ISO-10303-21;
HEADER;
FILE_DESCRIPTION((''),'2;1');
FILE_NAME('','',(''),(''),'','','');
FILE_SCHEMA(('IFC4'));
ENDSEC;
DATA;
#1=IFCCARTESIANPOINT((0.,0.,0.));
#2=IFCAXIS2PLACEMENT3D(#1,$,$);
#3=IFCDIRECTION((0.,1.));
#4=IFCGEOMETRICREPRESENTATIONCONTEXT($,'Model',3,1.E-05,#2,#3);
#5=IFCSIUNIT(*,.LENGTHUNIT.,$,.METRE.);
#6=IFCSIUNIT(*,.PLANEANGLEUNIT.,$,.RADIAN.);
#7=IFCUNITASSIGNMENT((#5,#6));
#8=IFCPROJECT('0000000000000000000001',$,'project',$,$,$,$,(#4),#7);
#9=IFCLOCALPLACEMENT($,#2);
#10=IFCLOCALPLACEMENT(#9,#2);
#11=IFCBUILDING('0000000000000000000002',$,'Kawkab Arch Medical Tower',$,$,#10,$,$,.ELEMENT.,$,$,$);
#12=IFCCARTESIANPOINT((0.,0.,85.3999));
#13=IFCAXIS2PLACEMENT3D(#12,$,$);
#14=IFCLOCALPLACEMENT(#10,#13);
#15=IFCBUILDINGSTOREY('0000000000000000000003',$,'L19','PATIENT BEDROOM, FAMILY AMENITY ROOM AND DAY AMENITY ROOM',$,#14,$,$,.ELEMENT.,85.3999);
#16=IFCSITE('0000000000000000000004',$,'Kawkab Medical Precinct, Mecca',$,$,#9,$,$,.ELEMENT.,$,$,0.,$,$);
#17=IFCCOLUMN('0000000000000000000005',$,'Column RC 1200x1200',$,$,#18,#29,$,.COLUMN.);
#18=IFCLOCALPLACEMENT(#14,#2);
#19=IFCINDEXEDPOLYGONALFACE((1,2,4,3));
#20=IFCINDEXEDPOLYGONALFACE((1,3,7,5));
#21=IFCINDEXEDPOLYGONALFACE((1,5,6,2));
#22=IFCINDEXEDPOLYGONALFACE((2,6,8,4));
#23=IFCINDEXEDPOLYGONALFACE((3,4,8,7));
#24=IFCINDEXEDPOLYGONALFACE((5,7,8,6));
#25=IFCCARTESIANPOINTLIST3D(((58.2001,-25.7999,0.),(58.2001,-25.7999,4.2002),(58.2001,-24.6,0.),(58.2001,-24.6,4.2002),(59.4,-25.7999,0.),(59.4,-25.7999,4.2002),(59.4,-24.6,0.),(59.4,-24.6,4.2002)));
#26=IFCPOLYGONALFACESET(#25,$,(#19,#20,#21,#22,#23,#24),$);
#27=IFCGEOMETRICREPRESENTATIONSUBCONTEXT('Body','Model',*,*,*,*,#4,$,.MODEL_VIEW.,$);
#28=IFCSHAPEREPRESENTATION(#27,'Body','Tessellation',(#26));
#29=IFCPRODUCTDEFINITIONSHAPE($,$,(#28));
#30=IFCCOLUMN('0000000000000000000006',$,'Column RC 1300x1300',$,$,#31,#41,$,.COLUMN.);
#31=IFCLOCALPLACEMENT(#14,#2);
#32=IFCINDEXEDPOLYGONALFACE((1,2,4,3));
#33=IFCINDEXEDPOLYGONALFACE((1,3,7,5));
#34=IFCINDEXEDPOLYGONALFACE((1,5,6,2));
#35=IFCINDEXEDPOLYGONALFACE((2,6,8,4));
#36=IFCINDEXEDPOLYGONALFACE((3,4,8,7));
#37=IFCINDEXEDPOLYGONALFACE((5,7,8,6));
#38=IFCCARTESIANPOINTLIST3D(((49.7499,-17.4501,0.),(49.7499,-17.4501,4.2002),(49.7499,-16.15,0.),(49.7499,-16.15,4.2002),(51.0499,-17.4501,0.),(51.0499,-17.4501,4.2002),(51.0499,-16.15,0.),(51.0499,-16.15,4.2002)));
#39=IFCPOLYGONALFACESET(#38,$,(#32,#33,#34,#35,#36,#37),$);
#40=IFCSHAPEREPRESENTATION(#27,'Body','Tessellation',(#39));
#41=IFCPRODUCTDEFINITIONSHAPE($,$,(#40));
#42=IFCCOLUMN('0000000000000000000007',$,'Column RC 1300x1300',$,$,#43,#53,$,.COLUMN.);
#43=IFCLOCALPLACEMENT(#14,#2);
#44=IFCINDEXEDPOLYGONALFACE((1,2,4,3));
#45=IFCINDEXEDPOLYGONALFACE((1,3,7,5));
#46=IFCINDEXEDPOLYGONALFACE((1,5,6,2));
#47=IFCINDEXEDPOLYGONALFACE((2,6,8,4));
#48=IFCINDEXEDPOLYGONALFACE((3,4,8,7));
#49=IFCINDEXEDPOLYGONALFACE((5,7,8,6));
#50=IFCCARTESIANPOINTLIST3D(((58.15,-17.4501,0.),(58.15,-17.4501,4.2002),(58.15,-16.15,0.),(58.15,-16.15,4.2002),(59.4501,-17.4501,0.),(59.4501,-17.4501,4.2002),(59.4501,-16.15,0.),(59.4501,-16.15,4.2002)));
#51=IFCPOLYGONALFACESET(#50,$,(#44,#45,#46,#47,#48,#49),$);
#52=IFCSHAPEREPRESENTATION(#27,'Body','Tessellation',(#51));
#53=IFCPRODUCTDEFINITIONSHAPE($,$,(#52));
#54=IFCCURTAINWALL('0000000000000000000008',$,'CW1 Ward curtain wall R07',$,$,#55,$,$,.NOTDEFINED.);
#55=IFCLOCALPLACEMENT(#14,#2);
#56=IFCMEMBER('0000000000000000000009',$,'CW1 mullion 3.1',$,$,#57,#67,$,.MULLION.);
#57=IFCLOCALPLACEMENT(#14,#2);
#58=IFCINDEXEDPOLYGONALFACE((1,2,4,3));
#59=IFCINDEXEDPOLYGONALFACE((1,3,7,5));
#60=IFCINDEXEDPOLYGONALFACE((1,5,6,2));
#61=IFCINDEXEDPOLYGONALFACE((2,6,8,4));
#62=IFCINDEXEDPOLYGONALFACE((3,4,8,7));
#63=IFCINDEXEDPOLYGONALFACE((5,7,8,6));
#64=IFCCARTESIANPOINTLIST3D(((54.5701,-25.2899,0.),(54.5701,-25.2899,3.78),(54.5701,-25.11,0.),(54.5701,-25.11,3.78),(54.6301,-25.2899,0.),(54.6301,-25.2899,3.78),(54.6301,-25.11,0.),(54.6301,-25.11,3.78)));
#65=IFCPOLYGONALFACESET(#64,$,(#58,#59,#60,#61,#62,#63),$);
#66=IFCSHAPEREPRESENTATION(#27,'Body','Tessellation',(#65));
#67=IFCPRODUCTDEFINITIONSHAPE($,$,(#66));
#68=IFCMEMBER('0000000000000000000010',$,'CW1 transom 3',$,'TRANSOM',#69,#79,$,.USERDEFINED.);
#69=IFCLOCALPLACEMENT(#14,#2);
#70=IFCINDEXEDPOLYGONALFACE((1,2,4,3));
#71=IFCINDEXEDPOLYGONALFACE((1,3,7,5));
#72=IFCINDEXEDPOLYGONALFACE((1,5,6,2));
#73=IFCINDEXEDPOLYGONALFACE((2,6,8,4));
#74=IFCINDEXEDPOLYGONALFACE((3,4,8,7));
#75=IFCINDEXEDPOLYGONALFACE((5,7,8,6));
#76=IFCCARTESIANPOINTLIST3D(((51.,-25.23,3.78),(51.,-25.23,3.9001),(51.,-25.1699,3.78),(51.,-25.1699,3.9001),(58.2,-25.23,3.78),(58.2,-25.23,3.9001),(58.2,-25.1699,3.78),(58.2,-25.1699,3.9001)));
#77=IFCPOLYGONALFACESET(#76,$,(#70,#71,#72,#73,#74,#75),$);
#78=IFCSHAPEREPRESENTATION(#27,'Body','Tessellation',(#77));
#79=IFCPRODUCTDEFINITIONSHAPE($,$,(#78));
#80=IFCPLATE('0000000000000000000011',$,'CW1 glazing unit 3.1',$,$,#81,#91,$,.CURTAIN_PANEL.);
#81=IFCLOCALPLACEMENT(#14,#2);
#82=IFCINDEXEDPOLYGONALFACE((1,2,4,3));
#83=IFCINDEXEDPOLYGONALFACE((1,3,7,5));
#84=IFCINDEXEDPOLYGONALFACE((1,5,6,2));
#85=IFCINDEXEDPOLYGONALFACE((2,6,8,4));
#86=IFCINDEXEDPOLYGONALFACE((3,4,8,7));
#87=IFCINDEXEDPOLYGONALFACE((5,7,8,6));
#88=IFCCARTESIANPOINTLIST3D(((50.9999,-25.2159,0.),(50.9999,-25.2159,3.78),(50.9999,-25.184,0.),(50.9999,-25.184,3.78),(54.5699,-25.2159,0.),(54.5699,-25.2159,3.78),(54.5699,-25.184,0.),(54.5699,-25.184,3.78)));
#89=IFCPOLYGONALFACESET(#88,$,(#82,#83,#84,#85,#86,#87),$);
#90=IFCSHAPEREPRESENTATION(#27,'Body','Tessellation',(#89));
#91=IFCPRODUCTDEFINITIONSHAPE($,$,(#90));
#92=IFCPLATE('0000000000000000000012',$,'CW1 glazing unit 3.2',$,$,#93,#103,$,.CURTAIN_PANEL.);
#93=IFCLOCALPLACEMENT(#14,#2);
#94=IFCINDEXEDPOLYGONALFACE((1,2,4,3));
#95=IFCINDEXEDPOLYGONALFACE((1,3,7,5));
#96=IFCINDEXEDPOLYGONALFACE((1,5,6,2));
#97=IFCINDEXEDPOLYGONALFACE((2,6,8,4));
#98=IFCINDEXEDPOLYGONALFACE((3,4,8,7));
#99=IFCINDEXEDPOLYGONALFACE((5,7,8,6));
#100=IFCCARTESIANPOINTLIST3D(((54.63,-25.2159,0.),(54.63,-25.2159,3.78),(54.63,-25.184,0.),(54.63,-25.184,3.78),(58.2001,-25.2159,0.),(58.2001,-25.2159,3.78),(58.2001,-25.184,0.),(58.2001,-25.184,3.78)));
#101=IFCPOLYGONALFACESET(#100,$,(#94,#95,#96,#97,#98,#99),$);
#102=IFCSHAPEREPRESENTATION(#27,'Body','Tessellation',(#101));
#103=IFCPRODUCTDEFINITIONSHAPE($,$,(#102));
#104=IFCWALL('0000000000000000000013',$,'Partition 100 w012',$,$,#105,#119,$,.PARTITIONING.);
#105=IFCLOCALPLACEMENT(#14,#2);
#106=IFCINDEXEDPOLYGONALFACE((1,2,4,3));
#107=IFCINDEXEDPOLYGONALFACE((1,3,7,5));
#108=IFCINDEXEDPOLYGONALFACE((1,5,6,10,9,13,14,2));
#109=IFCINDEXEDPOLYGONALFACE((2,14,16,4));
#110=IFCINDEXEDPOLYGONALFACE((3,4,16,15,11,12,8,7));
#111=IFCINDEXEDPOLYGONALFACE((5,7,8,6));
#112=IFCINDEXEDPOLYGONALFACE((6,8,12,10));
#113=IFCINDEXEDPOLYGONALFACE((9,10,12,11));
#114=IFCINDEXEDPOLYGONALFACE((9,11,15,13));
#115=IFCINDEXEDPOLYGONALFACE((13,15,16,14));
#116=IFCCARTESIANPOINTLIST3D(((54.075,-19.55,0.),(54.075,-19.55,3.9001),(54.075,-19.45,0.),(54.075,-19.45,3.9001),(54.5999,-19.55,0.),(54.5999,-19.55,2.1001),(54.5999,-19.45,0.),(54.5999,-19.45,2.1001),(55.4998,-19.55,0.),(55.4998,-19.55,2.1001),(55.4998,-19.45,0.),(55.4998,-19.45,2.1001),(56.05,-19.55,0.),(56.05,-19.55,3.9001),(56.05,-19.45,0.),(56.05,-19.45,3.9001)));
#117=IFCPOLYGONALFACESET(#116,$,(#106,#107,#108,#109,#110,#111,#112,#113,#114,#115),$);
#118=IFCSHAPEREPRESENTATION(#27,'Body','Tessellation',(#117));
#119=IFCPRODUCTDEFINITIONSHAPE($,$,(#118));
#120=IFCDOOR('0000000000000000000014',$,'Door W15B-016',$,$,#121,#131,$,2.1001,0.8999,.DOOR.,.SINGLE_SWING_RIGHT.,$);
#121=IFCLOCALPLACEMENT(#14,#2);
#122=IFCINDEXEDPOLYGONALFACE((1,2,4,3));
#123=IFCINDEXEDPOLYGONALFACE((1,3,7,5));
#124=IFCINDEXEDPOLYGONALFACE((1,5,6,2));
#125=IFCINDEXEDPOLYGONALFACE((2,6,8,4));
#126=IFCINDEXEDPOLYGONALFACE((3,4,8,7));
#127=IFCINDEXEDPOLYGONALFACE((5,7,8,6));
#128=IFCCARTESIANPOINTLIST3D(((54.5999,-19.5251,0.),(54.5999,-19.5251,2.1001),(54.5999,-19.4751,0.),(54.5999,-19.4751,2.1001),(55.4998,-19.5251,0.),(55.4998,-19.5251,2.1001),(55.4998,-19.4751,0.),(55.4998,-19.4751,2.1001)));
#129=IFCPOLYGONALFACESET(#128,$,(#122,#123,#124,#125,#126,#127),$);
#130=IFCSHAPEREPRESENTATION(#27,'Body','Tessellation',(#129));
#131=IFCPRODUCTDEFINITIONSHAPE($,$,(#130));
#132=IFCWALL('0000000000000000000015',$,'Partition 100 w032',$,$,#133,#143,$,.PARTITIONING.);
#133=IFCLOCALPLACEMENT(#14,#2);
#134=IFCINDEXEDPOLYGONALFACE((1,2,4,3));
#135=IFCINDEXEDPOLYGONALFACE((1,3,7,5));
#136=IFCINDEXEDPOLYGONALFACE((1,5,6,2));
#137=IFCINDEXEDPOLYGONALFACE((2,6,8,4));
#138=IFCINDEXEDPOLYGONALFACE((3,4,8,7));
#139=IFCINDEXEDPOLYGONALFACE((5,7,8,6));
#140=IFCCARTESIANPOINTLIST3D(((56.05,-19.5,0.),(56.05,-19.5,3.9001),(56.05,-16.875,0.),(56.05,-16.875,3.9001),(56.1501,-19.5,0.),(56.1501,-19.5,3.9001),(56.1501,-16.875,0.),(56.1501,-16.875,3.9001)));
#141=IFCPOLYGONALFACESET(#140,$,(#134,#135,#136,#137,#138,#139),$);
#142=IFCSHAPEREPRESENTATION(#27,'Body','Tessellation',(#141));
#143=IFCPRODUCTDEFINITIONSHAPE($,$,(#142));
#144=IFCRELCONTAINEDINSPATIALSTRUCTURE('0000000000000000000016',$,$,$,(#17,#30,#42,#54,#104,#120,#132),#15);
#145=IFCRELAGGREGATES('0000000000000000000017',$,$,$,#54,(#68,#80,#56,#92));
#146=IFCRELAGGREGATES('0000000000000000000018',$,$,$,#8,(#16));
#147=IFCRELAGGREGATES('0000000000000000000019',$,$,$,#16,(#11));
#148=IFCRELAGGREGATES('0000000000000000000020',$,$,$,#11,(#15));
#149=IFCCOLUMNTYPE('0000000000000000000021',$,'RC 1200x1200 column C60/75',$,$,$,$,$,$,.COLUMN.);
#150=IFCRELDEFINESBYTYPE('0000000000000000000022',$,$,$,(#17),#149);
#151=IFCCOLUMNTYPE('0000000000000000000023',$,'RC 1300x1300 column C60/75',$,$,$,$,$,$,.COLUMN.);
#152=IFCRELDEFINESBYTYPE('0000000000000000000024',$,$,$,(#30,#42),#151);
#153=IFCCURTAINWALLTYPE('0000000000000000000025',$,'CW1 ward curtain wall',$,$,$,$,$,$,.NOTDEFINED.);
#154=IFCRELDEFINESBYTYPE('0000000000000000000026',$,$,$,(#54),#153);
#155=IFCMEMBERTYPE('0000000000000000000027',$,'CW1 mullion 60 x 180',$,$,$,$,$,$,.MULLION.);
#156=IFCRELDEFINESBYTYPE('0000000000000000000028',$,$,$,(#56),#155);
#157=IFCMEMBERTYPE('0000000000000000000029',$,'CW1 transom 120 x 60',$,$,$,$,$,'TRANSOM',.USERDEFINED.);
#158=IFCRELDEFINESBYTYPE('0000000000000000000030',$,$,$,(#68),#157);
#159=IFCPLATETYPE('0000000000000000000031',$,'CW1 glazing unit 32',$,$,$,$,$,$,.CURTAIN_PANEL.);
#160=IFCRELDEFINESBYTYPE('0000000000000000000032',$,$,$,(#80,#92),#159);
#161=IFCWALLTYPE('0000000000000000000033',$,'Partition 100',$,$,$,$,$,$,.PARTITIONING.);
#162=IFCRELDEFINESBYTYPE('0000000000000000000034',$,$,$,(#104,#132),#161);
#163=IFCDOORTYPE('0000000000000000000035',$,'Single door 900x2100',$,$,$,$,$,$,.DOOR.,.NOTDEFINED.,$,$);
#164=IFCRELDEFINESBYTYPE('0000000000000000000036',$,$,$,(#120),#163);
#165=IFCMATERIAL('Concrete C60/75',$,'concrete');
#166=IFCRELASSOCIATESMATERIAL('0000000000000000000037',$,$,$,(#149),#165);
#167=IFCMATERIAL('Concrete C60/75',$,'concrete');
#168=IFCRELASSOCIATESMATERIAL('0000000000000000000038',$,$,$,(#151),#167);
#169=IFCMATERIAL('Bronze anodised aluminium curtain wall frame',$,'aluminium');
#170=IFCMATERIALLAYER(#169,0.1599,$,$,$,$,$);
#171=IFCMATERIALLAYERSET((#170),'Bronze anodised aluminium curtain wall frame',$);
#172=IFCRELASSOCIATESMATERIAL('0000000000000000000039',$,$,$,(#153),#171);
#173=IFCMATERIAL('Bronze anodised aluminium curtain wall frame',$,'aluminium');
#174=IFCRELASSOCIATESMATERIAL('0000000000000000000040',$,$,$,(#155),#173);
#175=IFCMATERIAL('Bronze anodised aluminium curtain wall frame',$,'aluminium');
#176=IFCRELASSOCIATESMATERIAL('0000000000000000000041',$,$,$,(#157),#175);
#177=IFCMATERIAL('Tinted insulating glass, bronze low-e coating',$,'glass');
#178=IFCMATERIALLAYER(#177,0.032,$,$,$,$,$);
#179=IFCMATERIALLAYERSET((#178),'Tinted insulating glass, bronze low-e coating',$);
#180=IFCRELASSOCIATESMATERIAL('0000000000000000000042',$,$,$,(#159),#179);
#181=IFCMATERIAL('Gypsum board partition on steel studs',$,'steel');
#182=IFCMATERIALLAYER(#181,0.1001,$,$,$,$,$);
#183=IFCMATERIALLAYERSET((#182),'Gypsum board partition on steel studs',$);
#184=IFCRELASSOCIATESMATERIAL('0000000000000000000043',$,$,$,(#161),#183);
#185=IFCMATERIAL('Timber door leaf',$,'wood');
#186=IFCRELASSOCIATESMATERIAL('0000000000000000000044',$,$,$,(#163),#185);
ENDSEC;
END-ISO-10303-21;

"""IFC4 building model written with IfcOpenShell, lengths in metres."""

from ifc_helpers import new_model, si_unit, direction, frame, frame_2d, origin, origin_2d, place, context, subcontext, project, spatial, rectangle, extrude, material, layer, layer_set, material_profile, profile_set, type_object, element, fill, aggregate, save


model = new_model("IFC4")

# Units and contexts
model_context = context("Model", 3, precision=1e-05, world=origin(), true_north=direction((0.0, 1.0)))
body_context = subcontext(model_context, "Body", "Model", "MODEL_VIEW")
ifc_project = project(units=[si_unit("LENGTHUNIT", "METRE"), si_unit("PLANEANGLEUNIT", "RADIAN")], contexts=[model_context])

# Site, building, storey
site_placement = place(None, origin())
site = spatial("IfcSite", under=ifc_project, at=site_placement, Name="Kawkab Medical Precinct, Mecca", CompositionType="ELEMENT", RefElevation=0.0)
building_placement = place(site_placement, origin())
building = spatial("IfcBuilding", under=site, at=building_placement, Name="Kawkab Arch Medical Tower", CompositionType="ELEMENT")
storey_placement = place(building_placement, frame((0.0, 0.0, 85.3999)))
storey = spatial("IfcBuildingStorey", under=building, at=storey_placement, Name="L19", Description="PATIENT BEDROOM, FAMILY AMENITY ROOM AND DAY AMENITY ROOM", CompositionType="ELEMENT", Elevation=85.3999)

# Columns
ifc_material_1 = material(Name="Concrete C60/75", Category="concrete")
ifc_material_profile_1 = material_profile(ifc_material_1, rectangle(XDim=1.2, YDim=1.2, at=origin_2d()), Name="RC 1200x1200")
ifc_profile_set_1 = profile_set([ifc_material_profile_1], Name="Concrete C60/75")
column_type_1 = type_object("IfcColumnType", Name="RC 1200x1200 column C60/75", PredefinedType="COLUMN", material=ifc_profile_set_1)
column_placement = place(storey_placement, frame((58.8, -25.2, 0.0), z_axis=(0.0, 0.0, 1.0), x_axis=(1.0, 0.0, 0.0)))
element("IfcColumn", 1, at=column_placement, inside=storey, type_object=column_type_1, Name="Column RC 1200x1200", PredefinedType="COLUMN", context=body_context, shape_type="SweptSolid", body=[
    extrude(rectangle(XDim=1.2, YDim=1.2, at=origin_2d()), origin(), (0.0, 0.0, 1.0), 4.2002),
])
ifc_material_2 = material(Name="Concrete C60/75", Category="concrete")
ifc_material_profile_2 = material_profile(ifc_material_2, rectangle(XDim=1.3, YDim=1.3, at=origin_2d()), Name="RC 1300x1300")
ifc_profile_set_2 = profile_set([ifc_material_profile_2], Name="Concrete C60/75")
column_type_2 = type_object("IfcColumnType", Name="RC 1300x1300 column C60/75", PredefinedType="COLUMN", material=ifc_profile_set_2)
for number, where, z_axis, x_axis, name in (
    (2, (50.3999, -16.8, 0.0), (0.0, 0.0, 1.0), (1.0, 0.0, 0.0), "Column RC 1300x1300"),
    (3, (58.8, -16.8, 0.0), (0.0, 0.0, 1.0), (1.0, 0.0, 0.0), "Column RC 1300x1300"),
):
    element("IfcColumn", number, at=place(storey_placement, frame(where, z_axis=z_axis, x_axis=x_axis)), inside=storey, type_object=column_type_2, Name=name, PredefinedType="COLUMN", context=body_context, shape_type="SweptSolid", body=[
        extrude(rectangle(XDim=1.3, YDim=1.3, at=origin_2d()), origin(), (0.0, 0.0, 1.0), 4.2002),
    ])

# Curtain wall, members, plates
ifc_material_3 = material(Name="Bronze anodised aluminium curtain wall frame", Category="aluminium")
ifc_layer_1 = layer(ifc_material_3, 0.1599)
ifc_layer_set_1 = layer_set([ifc_layer_1], Name="Bronze anodised aluminium curtain wall frame")
curtain_wall_type = type_object("IfcCurtainWallType", Name="CW1 ward curtain wall", PredefinedType="NOTDEFINED", material=ifc_layer_set_1)
curtain_wall_placement = place(storey_placement, origin())
curtain_wall = element("IfcCurtainWall", 4, at=curtain_wall_placement, inside=storey, type_object=curtain_wall_type, Name="CW1 Ward curtain wall R07", PredefinedType="NOTDEFINED")
ifc_material_4 = material(Name="Bronze anodised aluminium curtain wall frame", Category="aluminium")
ifc_material_profile_3 = material_profile(ifc_material_4, rectangle(XDim=0.1799, YDim=0.0601, at=origin_2d()), Name="AL 60x180")
ifc_profile_set_3 = profile_set([ifc_material_profile_3], Name="Bronze anodised aluminium curtain wall frame")
member_type_1 = type_object("IfcMemberType", Name="CW1 mullion 60 x 180", PredefinedType="MULLION", material=ifc_profile_set_3)
member_1_placement = place(storey_placement, frame((54.6001, -25.2, 0.0), z_axis=(0.0, 0.0, 1.0), x_axis=(0.0, 1.0, 0.0)))
member_1 = element("IfcMember", 5, at=member_1_placement, type_object=member_type_1, Name="CW1 mullion 3.1", PredefinedType="MULLION", context=body_context, shape_type="SweptSolid", body=[
    extrude(rectangle(XDim=0.1799, YDim=0.0601, at=origin_2d()), origin(), (0.0, 0.0, 1.0), 3.78),
])
ifc_material_5 = material(Name="Bronze anodised aluminium curtain wall frame", Category="aluminium")
ifc_material_profile_4 = material_profile(ifc_material_5, rectangle(XDim=0.0601, YDim=0.1201, at=origin_2d()), Name="AL 60x120")
ifc_profile_set_4 = profile_set([ifc_material_profile_4], Name="Bronze anodised aluminium curtain wall frame")
member_type_2 = type_object("IfcMemberType", Name="CW1 transom 120 x 60", ElementType="TRANSOM", PredefinedType="USERDEFINED", material=ifc_profile_set_4)
member_2_placement = place(storey_placement, frame((51.0, -25.2, 3.8401), z_axis=(1.0, 0.0, 0.0), x_axis=(0.0, 1.0, 0.0)))
member_2 = element("IfcMember", 6, at=member_2_placement, type_object=member_type_2, Name="CW1 transom 3", ObjectType="TRANSOM", PredefinedType="USERDEFINED", context=body_context, shape_type="SweptSolid", body=[
    extrude(rectangle(XDim=0.0601, YDim=0.1201, at=origin_2d()), origin(), (0.0, 0.0, 1.0), 7.2),
])
ifc_material_6 = material(Name="Tinted insulating glass, bronze low-e coating", Category="glass")
ifc_layer_2 = layer(ifc_material_6, 0.032)
ifc_layer_set_2 = layer_set([ifc_layer_2], Name="Tinted insulating glass, bronze low-e coating")
plate_type = type_object("IfcPlateType", Name="CW1 glazing unit 32", PredefinedType="CURTAIN_PANEL", material=ifc_layer_set_2)
plate_1_placement = place(storey_placement, frame((52.7849, -25.2, 0.0), z_axis=(0.0, 0.0, 1.0), x_axis=(1.0, 0.0, 0.0)))
plate_1 = element("IfcPlate", 7, at=plate_1_placement, type_object=plate_type, Name="CW1 glazing unit 3.1", PredefinedType="CURTAIN_PANEL", context=body_context, shape_type="SweptSolid", body=[
    extrude(rectangle(XDim=3.5701, YDim=0.032, at=origin_2d()), origin(), (0.0, 0.0, 1.0), 3.78),
])
plate_2_placement = place(storey_placement, frame((56.415, -25.2, 0.0), z_axis=(0.0, 0.0, 1.0), x_axis=(1.0, 0.0, 0.0)))
plate_2 = element("IfcPlate", 8, at=plate_2_placement, type_object=plate_type, Name="CW1 glazing unit 3.2", PredefinedType="CURTAIN_PANEL", context=body_context, shape_type="SweptSolid", body=[
    extrude(rectangle(XDim=3.5701, YDim=0.032, at=origin_2d()), origin(), (0.0, 0.0, 1.0), 3.78),
])
aggregate(curtain_wall, [member_2, plate_1, member_1, plate_2])

# Wall, opening, door
ifc_material_7 = material(Name="Gypsum board partition on steel studs", Category="steel")
ifc_layer_3 = layer(ifc_material_7, 0.1001)
ifc_layer_set_3 = layer_set([ifc_layer_3], Name="Gypsum board partition on steel studs")
wall_type_1 = type_object("IfcWallType", Name="Partition 100", PredefinedType="PARTITIONING", material=ifc_layer_set_3)
wall_1_placement = place(storey_placement, frame((54.075, -19.5, 0.0), z_axis=(0.0, 0.0, 1.0), x_axis=(1.0, 0.0, 0.0)))
wall_1 = element("IfcWall", 9, at=wall_1_placement, inside=storey, type_object=wall_type_1, Name="Partition 100 w012", PredefinedType="PARTITIONING", context=body_context, shape_type="SweptSolid", body=[
    extrude(rectangle(XDim=1.9751, YDim=0.1001, at=frame_2d((0.9875, 0.0))), origin(), (0.0, 0.0, 1.0), 3.9001),
])
opening_1_placement = place(wall_1_placement, frame((0.5249, 0.0, 0.0)))
opening_1 = element("IfcOpeningElement", 10, at=opening_1_placement, cuts=wall_1, PredefinedType="OPENING", context=body_context, shape_type="SweptSolid", body=[
    extrude(rectangle(XDim=0.8999, YDim=2.1001, at=frame_2d((0.45, 1.05))), frame((0.0, 0.0601, 0.0), z_axis=(0.0, -1.0, 0.0), x_axis=(1.0, 0.0, 0.0)), (0.0, 0.0, 1.0), 0.1201),
])
ifc_material_8 = material(Name="Timber door leaf", Category="wood")
door_type_1 = type_object("IfcDoorType", Name="Single door 900x2100", OperationType="NOTDEFINED", PredefinedType="DOOR", material=ifc_material_8)
door_1_placement = place(opening_1_placement, origin())
door_1 = element("IfcDoor", 11, at=door_1_placement, inside=storey, type_object=door_type_1, Name="Door W15B-016", OperationType="SINGLE_SWING_RIGHT", OverallHeight=2.1001, OverallWidth=0.8999, PredefinedType="DOOR", context=body_context, shape_type="SweptSolid", body=[
    extrude(rectangle(XDim=0.8999, YDim=2.1001, at=frame_2d((0.45, 1.05))), frame((0.0, 0.0249, 0.0), z_axis=(0.0, -1.0, 0.0), x_axis=(1.0, 0.0, 0.0)), (0.0, 0.0, 1.0), 0.05),
])
fill(opening_1, door_1)

# Wall
wall_2_placement = place(storey_placement, frame((56.1001, -19.5, 0.0), z_axis=(0.0, 0.0, 1.0), x_axis=(0.0, 1.0, 0.0)))
element("IfcWall", 12, at=wall_2_placement, inside=storey, type_object=wall_type_1, Name="Partition 100 w032", PredefinedType="PARTITIONING", context=body_context, shape_type="SweptSolid", body=[
    extrude(rectangle(XDim=2.625, YDim=0.1001, at=frame_2d((1.3125, 0.0))), origin(), (0.0, 0.0, 1.0), 3.9001),
])

save(model, "model.ifc")
